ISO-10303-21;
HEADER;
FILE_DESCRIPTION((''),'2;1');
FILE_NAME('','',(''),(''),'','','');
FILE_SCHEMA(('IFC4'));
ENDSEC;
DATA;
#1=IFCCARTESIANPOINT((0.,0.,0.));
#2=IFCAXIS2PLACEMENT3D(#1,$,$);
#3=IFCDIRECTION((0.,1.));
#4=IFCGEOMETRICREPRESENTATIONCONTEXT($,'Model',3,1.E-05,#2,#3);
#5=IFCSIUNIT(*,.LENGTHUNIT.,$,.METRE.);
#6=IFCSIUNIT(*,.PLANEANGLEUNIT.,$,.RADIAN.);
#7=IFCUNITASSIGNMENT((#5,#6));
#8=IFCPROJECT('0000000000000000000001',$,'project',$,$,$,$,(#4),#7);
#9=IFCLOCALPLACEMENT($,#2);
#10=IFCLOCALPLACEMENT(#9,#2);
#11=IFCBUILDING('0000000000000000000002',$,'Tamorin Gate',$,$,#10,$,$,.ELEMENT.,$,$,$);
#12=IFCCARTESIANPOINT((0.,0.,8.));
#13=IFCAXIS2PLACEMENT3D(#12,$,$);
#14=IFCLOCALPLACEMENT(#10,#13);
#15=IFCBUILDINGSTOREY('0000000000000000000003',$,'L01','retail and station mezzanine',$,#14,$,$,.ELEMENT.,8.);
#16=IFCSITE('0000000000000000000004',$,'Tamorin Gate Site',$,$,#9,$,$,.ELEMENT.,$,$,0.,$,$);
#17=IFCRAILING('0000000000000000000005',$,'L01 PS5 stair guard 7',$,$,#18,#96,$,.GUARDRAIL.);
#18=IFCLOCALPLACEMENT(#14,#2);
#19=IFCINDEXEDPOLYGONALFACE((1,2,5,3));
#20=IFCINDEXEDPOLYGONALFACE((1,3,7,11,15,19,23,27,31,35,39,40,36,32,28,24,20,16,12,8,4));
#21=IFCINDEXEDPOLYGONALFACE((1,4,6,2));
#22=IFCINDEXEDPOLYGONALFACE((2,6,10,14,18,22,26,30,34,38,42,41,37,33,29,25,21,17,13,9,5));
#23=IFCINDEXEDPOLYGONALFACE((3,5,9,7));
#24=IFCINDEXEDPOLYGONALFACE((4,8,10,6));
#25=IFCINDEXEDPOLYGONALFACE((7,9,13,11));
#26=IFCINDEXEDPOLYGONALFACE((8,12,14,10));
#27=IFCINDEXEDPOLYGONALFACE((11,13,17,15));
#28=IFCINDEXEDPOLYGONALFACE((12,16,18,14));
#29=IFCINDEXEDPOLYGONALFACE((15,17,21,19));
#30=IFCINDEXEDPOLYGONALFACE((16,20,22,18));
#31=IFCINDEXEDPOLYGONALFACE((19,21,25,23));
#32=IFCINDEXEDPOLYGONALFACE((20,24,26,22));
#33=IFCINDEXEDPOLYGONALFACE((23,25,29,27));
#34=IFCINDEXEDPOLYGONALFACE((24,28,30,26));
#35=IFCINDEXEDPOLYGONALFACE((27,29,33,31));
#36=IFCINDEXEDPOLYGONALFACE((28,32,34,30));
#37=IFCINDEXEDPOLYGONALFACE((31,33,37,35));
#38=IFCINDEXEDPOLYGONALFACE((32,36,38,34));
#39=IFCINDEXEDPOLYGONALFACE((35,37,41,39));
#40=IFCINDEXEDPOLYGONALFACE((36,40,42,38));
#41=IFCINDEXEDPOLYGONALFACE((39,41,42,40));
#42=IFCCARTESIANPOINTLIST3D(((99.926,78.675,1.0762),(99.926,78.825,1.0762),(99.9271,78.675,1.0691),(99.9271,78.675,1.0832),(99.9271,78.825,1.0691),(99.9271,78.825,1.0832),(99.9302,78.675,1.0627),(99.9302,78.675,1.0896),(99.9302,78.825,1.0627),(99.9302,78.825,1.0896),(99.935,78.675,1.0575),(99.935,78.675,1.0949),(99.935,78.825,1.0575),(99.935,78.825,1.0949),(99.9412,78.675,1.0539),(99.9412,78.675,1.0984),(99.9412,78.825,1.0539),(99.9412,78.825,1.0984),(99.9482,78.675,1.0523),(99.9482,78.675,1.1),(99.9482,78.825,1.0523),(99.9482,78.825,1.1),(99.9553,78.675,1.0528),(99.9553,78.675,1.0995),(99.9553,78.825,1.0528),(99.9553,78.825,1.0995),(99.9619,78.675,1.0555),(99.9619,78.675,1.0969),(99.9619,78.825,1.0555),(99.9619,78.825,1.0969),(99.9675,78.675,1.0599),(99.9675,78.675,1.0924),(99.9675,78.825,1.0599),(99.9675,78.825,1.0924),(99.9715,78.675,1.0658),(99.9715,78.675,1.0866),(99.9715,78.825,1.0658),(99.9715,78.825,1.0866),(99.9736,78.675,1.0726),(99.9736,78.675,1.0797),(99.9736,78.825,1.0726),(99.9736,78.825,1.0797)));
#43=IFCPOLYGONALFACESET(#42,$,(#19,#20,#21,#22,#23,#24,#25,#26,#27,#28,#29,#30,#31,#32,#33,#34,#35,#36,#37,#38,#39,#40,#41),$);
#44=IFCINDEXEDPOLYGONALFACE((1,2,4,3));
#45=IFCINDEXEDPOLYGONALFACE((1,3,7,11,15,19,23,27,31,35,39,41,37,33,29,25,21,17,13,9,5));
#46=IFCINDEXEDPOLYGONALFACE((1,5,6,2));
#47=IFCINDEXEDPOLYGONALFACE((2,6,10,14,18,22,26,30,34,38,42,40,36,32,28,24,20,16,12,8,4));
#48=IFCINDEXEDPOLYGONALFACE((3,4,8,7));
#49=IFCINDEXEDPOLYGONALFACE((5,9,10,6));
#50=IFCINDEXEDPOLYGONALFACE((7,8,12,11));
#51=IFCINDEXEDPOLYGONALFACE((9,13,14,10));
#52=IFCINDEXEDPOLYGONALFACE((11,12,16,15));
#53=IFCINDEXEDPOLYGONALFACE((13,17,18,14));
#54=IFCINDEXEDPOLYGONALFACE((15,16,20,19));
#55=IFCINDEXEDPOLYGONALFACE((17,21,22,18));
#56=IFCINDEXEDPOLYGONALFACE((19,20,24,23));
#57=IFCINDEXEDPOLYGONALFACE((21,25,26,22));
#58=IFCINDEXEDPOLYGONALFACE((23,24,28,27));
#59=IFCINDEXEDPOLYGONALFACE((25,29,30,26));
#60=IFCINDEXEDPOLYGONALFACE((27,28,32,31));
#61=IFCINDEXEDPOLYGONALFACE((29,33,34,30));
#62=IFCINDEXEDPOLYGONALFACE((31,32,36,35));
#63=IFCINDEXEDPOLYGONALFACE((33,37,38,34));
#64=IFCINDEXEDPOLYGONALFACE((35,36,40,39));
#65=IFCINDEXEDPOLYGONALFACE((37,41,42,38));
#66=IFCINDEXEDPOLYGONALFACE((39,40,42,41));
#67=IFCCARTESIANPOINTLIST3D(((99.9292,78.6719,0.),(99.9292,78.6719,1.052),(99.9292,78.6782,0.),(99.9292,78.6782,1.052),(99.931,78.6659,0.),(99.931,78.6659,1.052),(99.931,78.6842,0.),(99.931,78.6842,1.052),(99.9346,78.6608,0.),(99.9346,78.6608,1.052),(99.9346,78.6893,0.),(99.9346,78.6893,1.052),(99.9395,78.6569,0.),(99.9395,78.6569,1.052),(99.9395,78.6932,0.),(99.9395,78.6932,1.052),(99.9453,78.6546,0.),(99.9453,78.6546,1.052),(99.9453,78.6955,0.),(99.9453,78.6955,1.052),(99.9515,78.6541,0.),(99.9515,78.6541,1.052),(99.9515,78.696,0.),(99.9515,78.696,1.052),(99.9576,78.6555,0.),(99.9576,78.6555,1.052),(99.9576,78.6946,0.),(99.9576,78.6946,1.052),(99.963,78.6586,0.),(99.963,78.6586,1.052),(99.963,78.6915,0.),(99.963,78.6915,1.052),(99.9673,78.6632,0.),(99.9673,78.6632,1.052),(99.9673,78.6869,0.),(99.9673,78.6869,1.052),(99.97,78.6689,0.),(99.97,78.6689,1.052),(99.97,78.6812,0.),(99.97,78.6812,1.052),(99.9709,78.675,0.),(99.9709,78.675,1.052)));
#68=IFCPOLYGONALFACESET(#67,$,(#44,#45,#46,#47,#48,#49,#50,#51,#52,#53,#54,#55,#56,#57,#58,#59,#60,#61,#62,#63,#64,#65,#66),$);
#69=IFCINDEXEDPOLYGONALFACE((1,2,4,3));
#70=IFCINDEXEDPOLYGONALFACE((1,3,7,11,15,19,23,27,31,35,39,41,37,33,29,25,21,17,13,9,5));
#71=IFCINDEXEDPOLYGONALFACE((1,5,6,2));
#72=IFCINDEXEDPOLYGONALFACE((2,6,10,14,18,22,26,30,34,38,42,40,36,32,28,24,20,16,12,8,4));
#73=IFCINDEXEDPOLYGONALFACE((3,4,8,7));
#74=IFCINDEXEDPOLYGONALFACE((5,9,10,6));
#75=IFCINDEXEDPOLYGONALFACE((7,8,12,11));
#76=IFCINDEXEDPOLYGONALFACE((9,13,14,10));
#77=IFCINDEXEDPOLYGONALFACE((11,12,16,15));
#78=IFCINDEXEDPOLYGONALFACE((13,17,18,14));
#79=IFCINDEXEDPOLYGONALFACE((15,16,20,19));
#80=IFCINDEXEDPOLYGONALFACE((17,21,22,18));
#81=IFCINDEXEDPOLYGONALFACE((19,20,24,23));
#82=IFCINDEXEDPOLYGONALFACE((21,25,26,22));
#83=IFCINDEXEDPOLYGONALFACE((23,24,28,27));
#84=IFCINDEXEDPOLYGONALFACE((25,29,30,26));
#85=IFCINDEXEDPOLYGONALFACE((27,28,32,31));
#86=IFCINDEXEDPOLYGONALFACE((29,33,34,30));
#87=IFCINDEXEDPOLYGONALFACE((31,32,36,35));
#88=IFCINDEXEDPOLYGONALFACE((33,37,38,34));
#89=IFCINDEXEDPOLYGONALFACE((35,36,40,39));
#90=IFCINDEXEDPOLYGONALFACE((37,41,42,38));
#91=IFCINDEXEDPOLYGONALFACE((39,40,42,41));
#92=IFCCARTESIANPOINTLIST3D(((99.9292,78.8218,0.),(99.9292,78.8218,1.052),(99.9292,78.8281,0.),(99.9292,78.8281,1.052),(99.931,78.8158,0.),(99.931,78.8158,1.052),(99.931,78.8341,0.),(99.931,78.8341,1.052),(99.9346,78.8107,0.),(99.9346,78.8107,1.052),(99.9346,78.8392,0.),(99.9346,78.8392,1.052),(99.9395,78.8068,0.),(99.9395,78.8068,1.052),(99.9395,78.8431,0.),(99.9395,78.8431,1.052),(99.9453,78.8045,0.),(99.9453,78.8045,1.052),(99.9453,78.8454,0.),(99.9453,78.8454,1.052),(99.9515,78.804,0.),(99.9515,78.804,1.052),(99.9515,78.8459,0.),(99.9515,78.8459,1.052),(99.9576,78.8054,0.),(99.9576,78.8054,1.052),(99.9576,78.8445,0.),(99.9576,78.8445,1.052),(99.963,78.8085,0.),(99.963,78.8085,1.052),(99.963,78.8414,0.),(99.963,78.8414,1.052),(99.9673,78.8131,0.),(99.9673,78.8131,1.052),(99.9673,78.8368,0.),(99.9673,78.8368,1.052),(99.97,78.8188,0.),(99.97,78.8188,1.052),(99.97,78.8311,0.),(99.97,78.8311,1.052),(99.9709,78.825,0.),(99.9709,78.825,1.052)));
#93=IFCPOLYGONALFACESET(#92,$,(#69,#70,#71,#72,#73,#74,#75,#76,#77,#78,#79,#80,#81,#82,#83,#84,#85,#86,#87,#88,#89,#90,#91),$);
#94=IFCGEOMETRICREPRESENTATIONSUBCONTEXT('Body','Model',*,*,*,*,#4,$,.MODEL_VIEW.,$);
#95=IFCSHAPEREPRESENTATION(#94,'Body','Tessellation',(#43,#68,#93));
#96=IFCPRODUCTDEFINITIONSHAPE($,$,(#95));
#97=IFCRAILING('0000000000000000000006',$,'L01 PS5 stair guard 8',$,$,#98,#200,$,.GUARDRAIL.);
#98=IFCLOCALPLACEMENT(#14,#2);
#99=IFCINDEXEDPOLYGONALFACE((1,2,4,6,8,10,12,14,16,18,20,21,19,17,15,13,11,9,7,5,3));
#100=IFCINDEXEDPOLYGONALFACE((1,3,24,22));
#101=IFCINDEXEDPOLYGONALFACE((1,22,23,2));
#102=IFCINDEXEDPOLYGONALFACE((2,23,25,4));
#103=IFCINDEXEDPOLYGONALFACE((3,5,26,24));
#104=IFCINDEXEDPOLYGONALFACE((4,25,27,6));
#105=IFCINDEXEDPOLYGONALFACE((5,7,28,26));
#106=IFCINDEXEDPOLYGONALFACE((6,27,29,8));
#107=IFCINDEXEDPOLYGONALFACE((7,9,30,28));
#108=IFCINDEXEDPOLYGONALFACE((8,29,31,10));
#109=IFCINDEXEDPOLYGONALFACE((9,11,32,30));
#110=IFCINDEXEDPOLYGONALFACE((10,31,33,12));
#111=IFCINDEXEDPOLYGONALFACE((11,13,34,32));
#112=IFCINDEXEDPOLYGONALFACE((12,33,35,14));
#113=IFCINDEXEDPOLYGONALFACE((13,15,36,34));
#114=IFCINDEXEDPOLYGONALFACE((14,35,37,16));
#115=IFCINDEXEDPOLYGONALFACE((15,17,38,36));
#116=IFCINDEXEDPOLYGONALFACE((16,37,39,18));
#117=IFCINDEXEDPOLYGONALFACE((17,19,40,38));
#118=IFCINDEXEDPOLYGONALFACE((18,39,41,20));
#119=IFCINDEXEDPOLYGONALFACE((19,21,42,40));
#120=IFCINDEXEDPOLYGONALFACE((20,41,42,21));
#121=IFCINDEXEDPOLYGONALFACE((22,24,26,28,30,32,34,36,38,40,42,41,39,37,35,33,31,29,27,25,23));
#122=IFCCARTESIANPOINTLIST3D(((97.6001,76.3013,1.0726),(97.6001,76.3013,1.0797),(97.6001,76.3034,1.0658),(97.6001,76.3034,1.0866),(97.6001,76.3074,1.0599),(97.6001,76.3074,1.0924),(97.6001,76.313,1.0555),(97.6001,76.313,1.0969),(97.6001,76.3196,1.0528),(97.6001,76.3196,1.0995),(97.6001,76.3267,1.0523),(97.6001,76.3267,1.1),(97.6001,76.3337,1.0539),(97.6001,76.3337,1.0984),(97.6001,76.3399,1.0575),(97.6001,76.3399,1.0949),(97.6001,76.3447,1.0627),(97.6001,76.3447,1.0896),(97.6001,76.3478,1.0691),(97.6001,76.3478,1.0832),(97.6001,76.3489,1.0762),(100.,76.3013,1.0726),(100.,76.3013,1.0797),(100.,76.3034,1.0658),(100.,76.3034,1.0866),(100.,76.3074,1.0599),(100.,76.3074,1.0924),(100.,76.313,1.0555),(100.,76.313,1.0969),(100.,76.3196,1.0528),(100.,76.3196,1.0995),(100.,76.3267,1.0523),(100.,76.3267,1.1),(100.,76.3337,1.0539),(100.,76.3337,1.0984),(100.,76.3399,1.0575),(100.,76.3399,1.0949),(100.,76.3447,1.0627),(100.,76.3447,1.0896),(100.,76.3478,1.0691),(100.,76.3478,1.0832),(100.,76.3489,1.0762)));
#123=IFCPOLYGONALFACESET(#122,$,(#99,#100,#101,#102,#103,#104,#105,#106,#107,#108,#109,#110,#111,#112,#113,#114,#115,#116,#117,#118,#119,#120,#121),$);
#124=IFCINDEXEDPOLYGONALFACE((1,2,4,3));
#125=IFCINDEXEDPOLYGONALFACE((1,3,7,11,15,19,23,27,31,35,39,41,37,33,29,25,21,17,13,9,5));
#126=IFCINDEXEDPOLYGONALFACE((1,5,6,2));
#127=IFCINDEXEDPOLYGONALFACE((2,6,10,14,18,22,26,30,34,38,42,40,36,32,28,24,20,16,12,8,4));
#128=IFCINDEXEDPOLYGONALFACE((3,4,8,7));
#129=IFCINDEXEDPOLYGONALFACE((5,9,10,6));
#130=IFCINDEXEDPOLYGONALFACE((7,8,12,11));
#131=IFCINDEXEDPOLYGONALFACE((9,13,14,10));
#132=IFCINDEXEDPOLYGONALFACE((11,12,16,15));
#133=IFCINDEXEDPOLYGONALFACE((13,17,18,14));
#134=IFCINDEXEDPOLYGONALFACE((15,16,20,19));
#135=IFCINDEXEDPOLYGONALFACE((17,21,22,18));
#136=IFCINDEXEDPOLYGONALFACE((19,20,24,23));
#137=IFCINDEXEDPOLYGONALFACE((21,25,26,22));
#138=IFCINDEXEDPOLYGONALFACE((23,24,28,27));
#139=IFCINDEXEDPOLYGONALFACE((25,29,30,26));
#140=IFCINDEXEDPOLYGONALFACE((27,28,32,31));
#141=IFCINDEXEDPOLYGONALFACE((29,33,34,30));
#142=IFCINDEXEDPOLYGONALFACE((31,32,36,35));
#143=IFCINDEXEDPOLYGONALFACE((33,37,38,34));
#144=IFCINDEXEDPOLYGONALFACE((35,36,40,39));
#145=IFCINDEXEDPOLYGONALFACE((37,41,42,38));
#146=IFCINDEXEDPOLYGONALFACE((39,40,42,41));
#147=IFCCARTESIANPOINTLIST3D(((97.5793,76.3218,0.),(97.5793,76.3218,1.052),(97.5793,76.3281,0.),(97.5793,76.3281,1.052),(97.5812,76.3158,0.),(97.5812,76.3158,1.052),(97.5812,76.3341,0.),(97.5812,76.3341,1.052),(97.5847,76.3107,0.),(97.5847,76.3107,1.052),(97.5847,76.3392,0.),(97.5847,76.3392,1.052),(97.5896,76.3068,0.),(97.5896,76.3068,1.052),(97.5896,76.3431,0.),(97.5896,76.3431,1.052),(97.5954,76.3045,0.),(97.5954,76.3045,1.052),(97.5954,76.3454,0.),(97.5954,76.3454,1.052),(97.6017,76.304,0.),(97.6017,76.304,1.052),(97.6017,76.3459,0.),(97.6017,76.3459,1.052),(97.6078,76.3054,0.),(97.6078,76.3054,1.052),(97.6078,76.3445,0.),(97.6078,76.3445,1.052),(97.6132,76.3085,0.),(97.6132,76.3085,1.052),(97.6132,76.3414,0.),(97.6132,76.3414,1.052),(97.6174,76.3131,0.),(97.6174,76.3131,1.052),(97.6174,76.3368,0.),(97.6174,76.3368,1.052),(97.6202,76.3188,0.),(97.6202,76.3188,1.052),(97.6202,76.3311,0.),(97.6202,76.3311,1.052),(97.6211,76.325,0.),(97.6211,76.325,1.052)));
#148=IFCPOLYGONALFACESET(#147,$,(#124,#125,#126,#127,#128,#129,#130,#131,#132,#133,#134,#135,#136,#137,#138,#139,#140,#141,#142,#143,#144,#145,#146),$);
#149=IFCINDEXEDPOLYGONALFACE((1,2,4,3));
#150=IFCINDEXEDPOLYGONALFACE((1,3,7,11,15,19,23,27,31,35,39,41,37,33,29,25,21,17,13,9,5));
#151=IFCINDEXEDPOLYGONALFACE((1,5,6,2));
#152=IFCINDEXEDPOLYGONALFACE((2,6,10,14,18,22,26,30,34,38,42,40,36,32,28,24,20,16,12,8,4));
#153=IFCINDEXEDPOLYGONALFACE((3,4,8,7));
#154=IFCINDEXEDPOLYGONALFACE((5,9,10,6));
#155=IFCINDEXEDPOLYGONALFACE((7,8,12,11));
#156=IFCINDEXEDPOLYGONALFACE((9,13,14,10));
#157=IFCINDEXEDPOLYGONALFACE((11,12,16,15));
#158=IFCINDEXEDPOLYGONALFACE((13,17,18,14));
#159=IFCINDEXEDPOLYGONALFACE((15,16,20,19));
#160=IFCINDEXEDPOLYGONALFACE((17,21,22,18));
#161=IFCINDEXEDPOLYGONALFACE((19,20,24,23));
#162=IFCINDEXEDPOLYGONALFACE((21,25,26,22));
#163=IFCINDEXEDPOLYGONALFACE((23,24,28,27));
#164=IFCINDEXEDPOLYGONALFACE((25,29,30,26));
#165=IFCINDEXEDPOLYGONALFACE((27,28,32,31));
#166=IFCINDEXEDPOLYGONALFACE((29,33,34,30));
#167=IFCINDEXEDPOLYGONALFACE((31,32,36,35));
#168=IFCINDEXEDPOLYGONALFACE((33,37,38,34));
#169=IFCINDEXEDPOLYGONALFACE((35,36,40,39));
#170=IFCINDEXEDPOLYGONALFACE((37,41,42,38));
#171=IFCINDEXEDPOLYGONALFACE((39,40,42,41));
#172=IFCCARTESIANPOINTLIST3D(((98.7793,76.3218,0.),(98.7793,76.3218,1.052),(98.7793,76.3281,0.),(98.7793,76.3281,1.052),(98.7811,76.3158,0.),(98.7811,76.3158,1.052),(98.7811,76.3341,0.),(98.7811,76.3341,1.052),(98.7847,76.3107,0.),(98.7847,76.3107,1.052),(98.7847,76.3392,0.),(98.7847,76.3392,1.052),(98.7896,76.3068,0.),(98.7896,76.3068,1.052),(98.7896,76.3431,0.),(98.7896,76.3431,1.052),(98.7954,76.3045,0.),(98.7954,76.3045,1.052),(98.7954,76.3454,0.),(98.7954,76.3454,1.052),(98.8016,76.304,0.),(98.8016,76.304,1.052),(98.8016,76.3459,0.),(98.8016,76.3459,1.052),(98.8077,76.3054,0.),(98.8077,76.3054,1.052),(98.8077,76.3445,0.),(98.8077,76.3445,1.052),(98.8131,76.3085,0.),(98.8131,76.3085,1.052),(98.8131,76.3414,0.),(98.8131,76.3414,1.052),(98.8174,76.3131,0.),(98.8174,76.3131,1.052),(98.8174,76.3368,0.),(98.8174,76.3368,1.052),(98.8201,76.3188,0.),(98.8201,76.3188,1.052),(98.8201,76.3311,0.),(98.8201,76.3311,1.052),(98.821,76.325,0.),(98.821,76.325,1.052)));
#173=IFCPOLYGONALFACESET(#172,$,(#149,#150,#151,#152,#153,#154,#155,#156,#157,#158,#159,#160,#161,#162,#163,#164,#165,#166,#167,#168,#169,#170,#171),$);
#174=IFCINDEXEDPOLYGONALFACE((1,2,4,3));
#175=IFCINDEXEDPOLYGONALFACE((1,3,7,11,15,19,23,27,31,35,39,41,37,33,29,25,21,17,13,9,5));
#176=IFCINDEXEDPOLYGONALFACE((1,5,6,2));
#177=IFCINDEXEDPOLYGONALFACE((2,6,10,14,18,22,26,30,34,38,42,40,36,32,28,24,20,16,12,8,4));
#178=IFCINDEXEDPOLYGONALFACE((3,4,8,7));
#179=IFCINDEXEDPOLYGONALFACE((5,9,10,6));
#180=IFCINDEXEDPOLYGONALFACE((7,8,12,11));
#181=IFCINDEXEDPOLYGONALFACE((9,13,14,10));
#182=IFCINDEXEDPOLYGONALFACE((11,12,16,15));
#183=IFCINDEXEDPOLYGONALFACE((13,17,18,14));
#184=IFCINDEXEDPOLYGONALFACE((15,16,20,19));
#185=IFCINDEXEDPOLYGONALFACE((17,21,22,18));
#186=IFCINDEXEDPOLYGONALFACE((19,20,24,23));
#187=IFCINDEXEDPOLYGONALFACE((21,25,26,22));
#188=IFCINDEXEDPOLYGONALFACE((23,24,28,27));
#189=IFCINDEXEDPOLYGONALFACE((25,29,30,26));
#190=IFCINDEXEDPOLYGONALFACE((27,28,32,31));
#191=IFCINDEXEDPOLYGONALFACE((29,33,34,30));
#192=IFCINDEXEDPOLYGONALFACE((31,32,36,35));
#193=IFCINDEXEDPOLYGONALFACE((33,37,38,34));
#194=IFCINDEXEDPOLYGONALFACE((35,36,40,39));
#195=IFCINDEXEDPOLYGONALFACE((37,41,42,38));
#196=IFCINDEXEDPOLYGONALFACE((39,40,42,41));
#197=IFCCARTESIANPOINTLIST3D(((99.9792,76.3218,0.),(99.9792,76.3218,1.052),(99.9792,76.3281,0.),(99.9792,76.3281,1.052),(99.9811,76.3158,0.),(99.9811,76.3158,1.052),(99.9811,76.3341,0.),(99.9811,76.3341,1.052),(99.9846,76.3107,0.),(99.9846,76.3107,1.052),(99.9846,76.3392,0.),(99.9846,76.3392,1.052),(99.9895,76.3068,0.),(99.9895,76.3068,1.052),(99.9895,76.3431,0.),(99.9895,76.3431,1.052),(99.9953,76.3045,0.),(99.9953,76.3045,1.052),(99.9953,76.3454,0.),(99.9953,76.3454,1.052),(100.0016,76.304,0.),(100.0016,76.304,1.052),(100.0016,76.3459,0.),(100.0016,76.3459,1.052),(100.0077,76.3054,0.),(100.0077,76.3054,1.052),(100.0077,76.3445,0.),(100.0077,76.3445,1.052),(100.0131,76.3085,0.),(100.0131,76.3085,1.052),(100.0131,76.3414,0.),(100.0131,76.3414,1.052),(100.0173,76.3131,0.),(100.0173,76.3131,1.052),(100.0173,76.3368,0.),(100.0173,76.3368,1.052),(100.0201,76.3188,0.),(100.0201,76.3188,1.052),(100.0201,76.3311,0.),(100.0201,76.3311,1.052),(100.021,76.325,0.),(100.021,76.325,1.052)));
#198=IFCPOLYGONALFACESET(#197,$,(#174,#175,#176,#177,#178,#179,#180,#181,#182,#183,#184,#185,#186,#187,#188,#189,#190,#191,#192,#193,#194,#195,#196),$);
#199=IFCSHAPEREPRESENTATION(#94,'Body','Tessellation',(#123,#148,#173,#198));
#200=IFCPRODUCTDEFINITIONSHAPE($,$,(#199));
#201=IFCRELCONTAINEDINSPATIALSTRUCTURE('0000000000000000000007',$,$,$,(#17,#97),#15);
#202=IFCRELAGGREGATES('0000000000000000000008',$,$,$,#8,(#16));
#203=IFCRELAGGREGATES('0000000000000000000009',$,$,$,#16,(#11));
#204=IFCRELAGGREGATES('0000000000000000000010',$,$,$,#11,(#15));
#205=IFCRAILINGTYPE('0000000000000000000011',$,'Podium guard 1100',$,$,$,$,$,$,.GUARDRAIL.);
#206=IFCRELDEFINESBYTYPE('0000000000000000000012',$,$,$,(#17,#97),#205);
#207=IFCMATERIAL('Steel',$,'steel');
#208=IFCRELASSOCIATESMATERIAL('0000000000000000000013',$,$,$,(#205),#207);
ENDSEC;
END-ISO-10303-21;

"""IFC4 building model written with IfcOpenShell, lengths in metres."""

from ifc_helpers import new_model, si_unit, direction, frame, origin, origin_2d, place, context, subcontext, project, spatial, circle, extrude, material, type_object, element, save


model = new_model("IFC4")

# Units and contexts
model_context = context("Model", 3, precision=1e-05, world=origin(), true_north=direction((0.0, 1.0)))
body_context = subcontext(model_context, "Body", "Model", "MODEL_VIEW")
ifc_project = project(units=[si_unit("LENGTHUNIT", "METRE"), si_unit("PLANEANGLEUNIT", "RADIAN")], contexts=[model_context])

# Site, building, storey
site_placement = place(None, origin())
site = spatial("IfcSite", under=ifc_project, at=site_placement, Name="Tamorin Gate Site", CompositionType="ELEMENT", RefElevation=0.0)
building_placement = place(site_placement, origin())
building = spatial("IfcBuilding", under=site, at=building_placement, Name="Tamorin Gate", CompositionType="ELEMENT")
storey_placement = place(building_placement, frame((0.0, 0.0, 8.0)))
storey = spatial("IfcBuildingStorey", under=building, at=storey_placement, Name="L01", Description="retail and station mezzanine", CompositionType="ELEMENT", Elevation=8.0)

# Railings
ifc_material_1 = material(Name="Steel", Category="steel")
railing_type_1 = type_object("IfcRailingType", Name="Podium guard 1100", PredefinedType="GUARDRAIL", material=ifc_material_1)
railing_1_placement = place(storey_placement, frame((99.95, 78.675, 0.0)))
element("IfcRailing", 1, at=railing_1_placement, inside=storey, type_object=railing_type_1, Name="L01 PS5 stair guard 7", PredefinedType="GUARDRAIL", context=body_context, shape_type="SweptSolid", body=[
    extrude(circle(Radius=0.0239, at=origin_2d()), frame((0.0, 0.0, 1.0762), z_axis=(0.0, 1.0, 0.0), x_axis=(-1.0, 0.0, 0.0)), (0.0, 0.0, 1.0), 0.1499),
    extrude(circle(Radius=0.021, at=origin_2d()), origin(), (0.0, 0.0, 1.0), 1.052),
    extrude(circle(Radius=0.021, at=origin_2d()), frame((0.0, 0.1499, 0.0)), (0.0, 0.0, 1.0), 1.052),
])
for number, where, name in (
    (2, (97.6001, 76.325, 0.0), "L01 PS5 stair guard 8"),
):
    element("IfcRailing", number, at=place(storey_placement, frame(where)), inside=storey, type_object=railing_type_1, Name=name, PredefinedType="GUARDRAIL", context=body_context, shape_type="SweptSolid", body=[
        extrude(circle(Radius=0.0239, at=origin_2d()), frame((0.0, 0.0, 1.0762), z_axis=(1.0, 0.0, 0.0), x_axis=(0.0, 1.0, 0.0)), (0.0, 0.0, 1.0), 2.3999),
        extrude(circle(Radius=0.021, at=origin_2d()), origin(), (0.0, 0.0, 1.0), 1.052),
        extrude(circle(Radius=0.021, at=origin_2d()), frame((1.2, 0.0, 0.0)), (0.0, 0.0, 1.0), 1.052),
        extrude(circle(Radius=0.021, at=origin_2d()), frame((2.3999, 0.0, 0.0)), (0.0, 0.0, 1.0), 1.052),
    ])

save(model, "model.ifc")
